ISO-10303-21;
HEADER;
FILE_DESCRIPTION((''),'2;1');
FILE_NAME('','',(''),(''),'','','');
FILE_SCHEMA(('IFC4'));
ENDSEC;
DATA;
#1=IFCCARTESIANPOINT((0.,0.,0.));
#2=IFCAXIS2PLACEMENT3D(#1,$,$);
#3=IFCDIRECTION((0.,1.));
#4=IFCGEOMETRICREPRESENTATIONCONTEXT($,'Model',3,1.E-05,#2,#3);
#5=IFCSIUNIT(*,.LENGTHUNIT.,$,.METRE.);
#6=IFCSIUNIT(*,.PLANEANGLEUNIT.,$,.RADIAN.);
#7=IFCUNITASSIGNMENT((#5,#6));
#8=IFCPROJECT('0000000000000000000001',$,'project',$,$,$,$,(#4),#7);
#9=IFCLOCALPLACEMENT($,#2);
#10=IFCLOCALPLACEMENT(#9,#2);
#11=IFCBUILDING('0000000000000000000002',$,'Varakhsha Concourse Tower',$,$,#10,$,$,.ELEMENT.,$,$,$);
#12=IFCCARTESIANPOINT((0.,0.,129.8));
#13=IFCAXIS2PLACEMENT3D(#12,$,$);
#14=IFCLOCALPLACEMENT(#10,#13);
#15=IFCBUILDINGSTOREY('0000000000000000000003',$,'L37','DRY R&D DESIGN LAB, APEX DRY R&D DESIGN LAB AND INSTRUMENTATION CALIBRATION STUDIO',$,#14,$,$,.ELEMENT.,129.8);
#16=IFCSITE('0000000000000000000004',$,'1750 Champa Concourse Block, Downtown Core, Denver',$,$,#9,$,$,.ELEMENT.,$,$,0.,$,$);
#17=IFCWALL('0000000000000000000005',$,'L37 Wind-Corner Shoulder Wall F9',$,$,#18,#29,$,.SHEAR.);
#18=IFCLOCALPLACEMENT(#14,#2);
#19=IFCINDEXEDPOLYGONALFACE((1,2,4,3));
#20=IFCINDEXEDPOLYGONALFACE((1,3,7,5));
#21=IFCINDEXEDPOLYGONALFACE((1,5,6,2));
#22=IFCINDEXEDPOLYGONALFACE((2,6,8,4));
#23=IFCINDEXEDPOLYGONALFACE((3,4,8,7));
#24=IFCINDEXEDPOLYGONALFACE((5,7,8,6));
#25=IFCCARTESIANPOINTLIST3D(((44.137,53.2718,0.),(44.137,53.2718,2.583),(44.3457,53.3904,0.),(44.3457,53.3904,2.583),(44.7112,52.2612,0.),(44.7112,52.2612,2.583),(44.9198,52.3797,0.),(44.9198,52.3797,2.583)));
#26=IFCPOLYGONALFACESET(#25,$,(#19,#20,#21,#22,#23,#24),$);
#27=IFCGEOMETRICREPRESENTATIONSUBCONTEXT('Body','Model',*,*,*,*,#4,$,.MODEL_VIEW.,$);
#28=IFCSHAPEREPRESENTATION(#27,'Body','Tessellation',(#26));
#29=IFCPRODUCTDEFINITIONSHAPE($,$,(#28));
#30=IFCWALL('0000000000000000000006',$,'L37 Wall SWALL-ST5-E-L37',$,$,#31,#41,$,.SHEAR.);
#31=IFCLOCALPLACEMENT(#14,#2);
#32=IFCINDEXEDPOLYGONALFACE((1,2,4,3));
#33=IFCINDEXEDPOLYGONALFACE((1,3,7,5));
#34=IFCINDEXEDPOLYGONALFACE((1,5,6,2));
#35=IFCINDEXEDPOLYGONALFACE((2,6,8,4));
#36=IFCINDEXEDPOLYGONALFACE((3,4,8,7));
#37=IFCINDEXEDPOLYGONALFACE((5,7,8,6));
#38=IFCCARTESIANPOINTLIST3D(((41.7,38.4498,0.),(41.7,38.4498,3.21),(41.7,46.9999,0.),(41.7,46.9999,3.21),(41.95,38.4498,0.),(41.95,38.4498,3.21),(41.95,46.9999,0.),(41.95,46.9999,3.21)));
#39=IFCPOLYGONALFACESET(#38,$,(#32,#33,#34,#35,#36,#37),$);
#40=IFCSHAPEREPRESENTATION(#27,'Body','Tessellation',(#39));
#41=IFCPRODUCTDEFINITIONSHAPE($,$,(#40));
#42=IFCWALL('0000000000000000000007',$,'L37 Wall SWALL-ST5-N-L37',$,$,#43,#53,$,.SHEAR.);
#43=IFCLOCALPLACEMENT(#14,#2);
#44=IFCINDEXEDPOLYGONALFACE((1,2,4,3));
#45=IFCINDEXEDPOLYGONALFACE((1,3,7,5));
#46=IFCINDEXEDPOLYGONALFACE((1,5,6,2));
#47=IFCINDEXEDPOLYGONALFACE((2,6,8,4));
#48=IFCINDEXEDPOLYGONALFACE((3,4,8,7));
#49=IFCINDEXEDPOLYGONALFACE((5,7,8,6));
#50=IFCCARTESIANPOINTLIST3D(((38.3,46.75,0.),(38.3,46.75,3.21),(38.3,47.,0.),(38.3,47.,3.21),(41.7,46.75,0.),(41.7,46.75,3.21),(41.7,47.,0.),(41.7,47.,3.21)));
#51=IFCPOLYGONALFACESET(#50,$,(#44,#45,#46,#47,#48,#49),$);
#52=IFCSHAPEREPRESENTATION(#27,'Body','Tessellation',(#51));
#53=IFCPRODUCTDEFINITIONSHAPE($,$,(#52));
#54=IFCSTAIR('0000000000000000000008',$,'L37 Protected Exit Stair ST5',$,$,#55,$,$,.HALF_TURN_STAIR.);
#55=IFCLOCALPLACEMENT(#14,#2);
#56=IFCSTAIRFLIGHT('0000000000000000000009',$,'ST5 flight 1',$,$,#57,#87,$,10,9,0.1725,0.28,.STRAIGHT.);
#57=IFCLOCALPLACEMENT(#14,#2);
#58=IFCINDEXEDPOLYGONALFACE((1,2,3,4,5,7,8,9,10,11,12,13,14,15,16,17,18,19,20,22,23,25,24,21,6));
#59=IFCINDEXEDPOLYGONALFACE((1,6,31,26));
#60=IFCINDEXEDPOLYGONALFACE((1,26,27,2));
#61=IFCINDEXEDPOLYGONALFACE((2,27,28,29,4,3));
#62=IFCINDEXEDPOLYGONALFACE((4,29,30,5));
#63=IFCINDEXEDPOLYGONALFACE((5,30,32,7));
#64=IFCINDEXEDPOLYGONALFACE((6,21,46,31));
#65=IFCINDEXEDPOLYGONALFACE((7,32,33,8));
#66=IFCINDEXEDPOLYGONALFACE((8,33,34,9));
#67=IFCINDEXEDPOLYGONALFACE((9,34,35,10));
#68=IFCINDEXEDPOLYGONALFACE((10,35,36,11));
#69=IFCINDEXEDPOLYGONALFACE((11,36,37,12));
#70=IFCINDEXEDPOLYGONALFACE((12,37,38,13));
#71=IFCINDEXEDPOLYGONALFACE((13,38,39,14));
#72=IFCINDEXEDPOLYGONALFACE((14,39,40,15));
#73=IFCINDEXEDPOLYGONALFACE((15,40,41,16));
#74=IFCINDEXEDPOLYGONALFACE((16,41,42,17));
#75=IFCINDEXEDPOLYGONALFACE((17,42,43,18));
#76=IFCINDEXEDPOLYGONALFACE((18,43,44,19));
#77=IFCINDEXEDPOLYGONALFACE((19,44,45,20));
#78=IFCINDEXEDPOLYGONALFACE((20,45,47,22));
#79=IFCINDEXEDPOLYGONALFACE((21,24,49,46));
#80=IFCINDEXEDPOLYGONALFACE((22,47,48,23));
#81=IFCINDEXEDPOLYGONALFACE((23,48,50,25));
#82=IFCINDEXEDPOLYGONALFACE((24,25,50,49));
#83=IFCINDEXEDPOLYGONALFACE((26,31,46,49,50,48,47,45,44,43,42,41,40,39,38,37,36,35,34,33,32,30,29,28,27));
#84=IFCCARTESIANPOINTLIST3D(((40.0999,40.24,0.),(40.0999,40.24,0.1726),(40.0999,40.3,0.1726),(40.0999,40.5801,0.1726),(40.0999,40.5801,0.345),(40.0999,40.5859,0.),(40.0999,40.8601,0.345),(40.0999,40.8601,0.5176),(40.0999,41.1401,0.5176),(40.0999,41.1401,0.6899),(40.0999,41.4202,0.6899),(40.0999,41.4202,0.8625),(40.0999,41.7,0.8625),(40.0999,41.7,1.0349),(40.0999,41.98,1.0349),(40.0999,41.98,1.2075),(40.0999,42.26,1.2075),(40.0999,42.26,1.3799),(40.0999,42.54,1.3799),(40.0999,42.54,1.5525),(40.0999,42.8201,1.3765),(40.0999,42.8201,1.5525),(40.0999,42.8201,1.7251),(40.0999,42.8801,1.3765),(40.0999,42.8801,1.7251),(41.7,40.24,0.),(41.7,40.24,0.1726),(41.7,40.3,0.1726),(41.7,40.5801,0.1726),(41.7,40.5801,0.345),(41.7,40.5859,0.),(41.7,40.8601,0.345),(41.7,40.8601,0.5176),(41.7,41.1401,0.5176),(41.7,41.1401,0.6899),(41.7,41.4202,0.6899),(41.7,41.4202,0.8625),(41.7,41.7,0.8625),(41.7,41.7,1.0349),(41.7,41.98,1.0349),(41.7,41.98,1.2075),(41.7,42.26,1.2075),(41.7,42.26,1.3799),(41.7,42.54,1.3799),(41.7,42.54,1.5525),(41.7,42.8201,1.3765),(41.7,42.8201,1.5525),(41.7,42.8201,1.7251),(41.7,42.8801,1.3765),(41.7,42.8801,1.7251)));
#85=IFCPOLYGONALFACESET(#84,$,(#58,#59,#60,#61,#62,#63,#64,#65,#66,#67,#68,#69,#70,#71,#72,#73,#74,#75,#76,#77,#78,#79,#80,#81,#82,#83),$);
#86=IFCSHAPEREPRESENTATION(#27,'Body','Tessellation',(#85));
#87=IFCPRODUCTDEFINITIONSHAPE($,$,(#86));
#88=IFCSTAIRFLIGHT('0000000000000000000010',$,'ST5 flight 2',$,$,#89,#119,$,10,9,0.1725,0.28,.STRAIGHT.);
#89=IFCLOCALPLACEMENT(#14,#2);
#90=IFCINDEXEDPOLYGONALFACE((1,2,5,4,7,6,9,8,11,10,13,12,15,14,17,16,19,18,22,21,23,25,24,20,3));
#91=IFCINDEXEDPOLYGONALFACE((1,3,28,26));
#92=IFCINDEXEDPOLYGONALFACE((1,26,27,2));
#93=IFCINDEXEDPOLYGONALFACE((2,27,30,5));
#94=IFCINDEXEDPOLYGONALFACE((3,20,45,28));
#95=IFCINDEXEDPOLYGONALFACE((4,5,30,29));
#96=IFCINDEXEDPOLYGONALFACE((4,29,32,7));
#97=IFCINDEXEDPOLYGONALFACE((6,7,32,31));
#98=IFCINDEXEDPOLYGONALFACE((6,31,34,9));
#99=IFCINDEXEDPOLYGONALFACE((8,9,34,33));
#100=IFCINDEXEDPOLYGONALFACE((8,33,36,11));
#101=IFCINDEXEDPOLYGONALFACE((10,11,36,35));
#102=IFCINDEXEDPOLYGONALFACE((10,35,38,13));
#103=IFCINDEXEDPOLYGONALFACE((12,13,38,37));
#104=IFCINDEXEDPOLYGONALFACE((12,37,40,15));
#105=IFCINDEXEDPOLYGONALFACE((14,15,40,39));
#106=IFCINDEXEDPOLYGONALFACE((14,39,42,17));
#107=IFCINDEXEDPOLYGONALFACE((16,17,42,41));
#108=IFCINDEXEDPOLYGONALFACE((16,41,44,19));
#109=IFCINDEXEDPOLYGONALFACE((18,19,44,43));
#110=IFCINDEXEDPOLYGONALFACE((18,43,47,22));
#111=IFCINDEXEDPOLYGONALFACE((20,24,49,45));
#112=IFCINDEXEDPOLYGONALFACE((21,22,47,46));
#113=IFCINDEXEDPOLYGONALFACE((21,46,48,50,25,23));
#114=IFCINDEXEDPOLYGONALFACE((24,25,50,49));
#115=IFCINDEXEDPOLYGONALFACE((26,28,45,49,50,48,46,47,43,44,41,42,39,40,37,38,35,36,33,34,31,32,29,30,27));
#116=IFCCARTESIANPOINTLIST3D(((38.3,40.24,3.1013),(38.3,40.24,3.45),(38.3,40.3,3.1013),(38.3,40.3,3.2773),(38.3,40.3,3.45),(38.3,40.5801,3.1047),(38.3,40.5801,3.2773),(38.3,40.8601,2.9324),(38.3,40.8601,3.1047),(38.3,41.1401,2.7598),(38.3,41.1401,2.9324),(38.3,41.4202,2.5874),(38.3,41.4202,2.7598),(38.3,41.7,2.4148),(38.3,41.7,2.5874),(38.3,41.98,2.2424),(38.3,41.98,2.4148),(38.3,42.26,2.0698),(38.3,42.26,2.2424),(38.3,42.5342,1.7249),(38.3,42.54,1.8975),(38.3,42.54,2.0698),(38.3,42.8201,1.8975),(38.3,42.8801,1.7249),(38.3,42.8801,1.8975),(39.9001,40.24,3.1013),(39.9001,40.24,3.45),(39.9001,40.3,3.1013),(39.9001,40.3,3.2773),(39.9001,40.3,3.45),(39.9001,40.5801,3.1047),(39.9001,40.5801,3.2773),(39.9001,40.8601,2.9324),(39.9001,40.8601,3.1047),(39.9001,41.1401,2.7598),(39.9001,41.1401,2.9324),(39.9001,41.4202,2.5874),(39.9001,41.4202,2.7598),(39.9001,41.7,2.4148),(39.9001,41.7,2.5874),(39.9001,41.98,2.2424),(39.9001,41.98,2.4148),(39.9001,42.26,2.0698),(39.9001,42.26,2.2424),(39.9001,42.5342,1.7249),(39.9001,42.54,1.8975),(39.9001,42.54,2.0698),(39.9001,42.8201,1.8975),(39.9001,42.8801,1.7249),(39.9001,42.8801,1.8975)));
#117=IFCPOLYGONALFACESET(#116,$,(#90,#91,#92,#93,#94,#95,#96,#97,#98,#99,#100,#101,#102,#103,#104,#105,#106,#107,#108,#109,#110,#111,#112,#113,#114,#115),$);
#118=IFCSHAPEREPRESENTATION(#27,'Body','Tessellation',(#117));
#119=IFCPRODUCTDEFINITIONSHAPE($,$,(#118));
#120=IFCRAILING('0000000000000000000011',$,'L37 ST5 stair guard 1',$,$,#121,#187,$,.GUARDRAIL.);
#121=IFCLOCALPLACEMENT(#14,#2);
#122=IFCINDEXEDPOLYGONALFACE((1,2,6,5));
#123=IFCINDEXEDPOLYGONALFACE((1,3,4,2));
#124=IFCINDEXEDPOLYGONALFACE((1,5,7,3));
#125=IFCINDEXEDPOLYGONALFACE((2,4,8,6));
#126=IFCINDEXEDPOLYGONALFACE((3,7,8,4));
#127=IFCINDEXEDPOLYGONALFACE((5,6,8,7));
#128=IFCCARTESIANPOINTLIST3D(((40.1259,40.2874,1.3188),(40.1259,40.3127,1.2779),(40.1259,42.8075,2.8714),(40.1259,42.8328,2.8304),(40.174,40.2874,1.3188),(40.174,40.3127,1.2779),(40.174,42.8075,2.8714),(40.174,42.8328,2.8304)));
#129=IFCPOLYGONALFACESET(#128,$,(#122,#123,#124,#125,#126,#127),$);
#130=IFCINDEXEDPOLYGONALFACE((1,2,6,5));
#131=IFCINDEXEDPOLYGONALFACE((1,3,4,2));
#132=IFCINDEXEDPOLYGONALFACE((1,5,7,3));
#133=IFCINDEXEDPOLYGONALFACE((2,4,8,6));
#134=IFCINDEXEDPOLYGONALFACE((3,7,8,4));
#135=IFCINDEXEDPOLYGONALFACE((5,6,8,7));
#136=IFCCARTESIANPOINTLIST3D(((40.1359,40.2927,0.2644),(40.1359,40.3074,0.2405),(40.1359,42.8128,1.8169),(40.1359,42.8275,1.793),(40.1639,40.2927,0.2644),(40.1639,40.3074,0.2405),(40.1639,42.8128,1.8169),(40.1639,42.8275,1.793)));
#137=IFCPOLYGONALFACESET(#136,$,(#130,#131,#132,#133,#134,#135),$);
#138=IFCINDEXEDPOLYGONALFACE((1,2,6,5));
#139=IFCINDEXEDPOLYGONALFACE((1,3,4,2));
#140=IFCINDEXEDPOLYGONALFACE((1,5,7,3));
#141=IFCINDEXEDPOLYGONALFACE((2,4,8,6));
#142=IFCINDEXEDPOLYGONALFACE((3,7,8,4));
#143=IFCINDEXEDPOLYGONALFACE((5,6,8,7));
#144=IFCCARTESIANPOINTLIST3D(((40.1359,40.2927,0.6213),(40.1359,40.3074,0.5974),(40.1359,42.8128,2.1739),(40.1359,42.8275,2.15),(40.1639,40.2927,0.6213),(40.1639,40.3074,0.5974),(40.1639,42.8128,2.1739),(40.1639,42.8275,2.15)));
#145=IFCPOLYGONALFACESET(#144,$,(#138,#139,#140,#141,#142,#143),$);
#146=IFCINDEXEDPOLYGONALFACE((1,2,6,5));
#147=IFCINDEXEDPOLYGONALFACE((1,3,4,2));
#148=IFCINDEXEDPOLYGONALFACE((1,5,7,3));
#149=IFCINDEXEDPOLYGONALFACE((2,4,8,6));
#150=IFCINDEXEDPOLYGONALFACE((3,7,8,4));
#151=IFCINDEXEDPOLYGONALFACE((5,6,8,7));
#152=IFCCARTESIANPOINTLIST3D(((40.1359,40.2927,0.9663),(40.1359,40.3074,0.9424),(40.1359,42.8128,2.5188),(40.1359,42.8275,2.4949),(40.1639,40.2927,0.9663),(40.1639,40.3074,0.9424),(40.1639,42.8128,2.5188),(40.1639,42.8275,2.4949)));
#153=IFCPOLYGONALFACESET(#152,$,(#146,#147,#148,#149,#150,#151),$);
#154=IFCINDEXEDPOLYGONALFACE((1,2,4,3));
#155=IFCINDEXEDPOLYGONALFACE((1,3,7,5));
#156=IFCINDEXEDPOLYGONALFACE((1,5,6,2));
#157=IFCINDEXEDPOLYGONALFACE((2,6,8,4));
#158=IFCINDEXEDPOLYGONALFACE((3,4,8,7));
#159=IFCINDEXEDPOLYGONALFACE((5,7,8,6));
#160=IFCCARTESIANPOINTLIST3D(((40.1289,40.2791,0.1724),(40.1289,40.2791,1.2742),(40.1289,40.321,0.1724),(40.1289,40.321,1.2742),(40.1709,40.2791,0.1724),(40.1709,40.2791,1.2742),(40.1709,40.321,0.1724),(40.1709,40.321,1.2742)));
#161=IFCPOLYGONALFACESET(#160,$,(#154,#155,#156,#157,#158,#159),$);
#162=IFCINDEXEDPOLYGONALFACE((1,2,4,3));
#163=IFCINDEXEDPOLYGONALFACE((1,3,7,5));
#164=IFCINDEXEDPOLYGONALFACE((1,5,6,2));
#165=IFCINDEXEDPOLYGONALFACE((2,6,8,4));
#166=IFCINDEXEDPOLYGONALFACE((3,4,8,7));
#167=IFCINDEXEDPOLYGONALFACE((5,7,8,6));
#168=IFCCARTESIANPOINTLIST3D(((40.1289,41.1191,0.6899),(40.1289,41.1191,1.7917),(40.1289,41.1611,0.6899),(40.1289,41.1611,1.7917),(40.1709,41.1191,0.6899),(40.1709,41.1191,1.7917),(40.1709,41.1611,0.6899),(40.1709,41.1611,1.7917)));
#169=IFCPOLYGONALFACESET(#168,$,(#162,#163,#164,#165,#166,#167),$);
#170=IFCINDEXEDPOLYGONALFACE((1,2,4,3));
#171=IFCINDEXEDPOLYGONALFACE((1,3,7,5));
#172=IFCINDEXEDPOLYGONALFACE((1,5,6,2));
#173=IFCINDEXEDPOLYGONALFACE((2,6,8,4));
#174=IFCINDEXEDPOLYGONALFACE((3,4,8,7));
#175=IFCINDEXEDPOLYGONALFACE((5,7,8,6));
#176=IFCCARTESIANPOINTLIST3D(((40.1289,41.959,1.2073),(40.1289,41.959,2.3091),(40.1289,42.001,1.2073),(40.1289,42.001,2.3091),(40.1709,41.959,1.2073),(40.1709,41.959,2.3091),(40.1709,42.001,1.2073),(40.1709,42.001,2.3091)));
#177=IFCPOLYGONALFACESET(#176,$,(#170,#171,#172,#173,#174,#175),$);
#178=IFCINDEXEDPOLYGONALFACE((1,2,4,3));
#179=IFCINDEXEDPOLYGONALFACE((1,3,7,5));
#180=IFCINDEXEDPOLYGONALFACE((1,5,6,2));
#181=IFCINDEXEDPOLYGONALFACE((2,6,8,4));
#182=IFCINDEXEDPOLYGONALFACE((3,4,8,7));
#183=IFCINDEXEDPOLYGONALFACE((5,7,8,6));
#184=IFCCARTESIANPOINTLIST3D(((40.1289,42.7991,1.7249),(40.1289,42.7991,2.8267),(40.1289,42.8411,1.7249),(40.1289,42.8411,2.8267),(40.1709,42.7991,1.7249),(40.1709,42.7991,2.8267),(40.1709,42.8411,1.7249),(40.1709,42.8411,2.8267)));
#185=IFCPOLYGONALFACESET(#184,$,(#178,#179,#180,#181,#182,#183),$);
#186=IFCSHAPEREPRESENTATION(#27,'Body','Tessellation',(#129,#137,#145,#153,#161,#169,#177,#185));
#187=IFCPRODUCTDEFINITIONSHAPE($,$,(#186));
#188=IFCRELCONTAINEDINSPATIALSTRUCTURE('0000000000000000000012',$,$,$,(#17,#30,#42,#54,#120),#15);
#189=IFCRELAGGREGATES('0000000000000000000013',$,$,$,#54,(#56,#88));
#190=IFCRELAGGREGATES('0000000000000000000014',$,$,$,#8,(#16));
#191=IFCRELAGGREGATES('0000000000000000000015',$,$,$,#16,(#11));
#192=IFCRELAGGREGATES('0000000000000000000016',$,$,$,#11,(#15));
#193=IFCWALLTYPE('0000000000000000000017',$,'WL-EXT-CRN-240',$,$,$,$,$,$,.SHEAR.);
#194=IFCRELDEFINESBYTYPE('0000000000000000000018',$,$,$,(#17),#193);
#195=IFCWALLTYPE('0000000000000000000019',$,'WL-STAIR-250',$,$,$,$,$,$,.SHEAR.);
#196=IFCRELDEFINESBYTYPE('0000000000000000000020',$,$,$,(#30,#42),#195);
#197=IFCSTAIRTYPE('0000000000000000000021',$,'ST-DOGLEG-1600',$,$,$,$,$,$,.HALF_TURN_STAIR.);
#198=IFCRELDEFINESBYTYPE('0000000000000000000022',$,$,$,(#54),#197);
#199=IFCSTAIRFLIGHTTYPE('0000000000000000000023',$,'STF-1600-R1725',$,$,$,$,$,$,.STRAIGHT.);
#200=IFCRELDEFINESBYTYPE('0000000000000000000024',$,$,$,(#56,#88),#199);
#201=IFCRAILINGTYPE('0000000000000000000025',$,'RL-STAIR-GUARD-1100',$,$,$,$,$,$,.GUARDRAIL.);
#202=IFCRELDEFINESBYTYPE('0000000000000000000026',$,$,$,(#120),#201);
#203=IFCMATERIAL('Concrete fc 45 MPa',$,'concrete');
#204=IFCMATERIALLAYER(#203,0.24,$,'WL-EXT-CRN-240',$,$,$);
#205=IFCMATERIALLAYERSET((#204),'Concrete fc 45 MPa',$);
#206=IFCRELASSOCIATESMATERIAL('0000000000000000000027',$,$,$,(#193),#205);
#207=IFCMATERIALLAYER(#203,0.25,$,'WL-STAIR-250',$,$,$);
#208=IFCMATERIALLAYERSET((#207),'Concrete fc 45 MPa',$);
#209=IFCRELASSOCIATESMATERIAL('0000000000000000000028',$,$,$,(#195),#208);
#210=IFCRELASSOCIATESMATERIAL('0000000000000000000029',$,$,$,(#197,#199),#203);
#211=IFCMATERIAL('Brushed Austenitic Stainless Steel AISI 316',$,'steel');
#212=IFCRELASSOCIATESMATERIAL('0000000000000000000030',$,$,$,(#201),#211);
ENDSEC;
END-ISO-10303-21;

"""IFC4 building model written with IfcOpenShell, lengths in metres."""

from ifc_helpers import new_model, si_unit, direction, frame, frame_2d, origin, origin_2d, place, context, subcontext, project, spatial, polyline, rectangle, outline, extrude, material, layer, layer_set, type_object, element, aggregate, save


model = new_model("IFC4")

# Units and contexts
model_context = context("Model", 3, precision=1e-05, world=origin(), true_north=direction((0.0, 1.0)))
body_context = subcontext(model_context, "Body", "Model", "MODEL_VIEW")
ifc_project = project(units=[si_unit("LENGTHUNIT", "METRE"), si_unit("PLANEANGLEUNIT", "RADIAN")], contexts=[model_context])

# Site, building, storey
site_placement = place(None, origin())
site = spatial("IfcSite", under=ifc_project, at=site_placement, Name="1750 Champa Concourse Block, Downtown Core, Denver", CompositionType="ELEMENT", RefElevation=0.0)
building_placement = place(site_placement, origin())
building = spatial("IfcBuilding", under=site, at=building_placement, Name="Varakhsha Concourse Tower", CompositionType="ELEMENT")
storey_placement = place(building_placement, frame((0.0, 0.0, 129.8)))
storey = spatial("IfcBuildingStorey", under=building, at=storey_placement, Name="L37", Description="DRY R&D DESIGN LAB, APEX DRY R&D DESIGN LAB AND INSTRUMENTATION CALIBRATION STUDIO", CompositionType="ELEMENT", Elevation=129.8)

# Walls
ifc_material_1 = material(Name="Concrete fc 45 MPa", Category="concrete")
ifc_layer_1 = layer(ifc_material_1, 0.24, Name="WL-EXT-CRN-240")
ifc_layer_set_1 = layer_set([ifc_layer_1], Name="Concrete fc 45 MPa")
wall_type_1 = type_object("IfcWallType", Name="WL-EXT-CRN-240", PredefinedType="SHEAR", material=ifc_layer_set_1)
wall_1_placement = place(storey_placement, frame((44.8154, 52.3206, 0.0), z_axis=(0.0, 0.0, 1.0), x_axis=(-0.493966, 0.869481, 0.0)))
element("IfcWall", 1, at=wall_1_placement, inside=storey, type_object=wall_type_1, Name="L37 Wind-Corner Shoulder Wall F9", PredefinedType="SHEAR", context=body_context, shape_type="SweptSolid", body=[
    extrude(rectangle(XDim=1.1624, YDim=0.24, at=frame_2d((0.5811, 0.0))), origin(), (0.0, 0.0, 1.0), 2.583),
])
ifc_layer_2 = layer(ifc_material_1, 0.25, Name="WL-STAIR-250")
ifc_layer_set_2 = layer_set([ifc_layer_2], Name="Concrete fc 45 MPa")
wall_type_2 = type_object("IfcWallType", Name="WL-STAIR-250", PredefinedType="SHEAR", material=ifc_layer_set_2)
wall_2_placement = place(storey_placement, frame((41.825, 38.45, 0.0), z_axis=(0.0, 0.0, 1.0), x_axis=(0.0, 1.0, 0.0)))
element("IfcWall", 2, at=wall_2_placement, inside=storey, type_object=wall_type_2, Name="L37 Wall SWALL-ST5-E-L37", PredefinedType="SHEAR", context=body_context, shape_type="SweptSolid", body=[
    extrude(rectangle(XDim=8.55, YDim=0.25, at=frame_2d((4.2749, 0.0))), origin(), (0.0, 0.0, 1.0), 3.21),
])
wall_3_placement = place(storey_placement, frame((38.3, 46.875, 0.0), z_axis=(0.0, 0.0, 1.0), x_axis=(1.0, 0.0, 0.0)))
element("IfcWall", 3, at=wall_3_placement, inside=storey, type_object=wall_type_2, Name="L37 Wall SWALL-ST5-N-L37", PredefinedType="SHEAR", context=body_context, shape_type="SweptSolid", body=[
    extrude(rectangle(XDim=3.3999, YDim=0.25, at=frame_2d((1.7, 0.0))), origin(), (0.0, 0.0, 1.0), 3.21),
])

# Stair, stair flights
stair_type = type_object("IfcStairType", Name="ST-DOGLEG-1600", PredefinedType="HALF_TURN_STAIR", material=ifc_material_1)
stair_placement = place(storey_placement, origin())
stair = element("IfcStair", 4, at=stair_placement, inside=storey, type_object=stair_type, Name="L37 Protected Exit Stair ST5", PredefinedType="HALF_TURN_STAIR")
stair_flight_type = type_object("IfcStairFlightType", Name="STF-1600-R1725", PredefinedType="STRAIGHT", material=ifc_material_1)
stair_flight_1_placement = place(storey_placement, frame((40.8999, 40.3, 0.0), z_axis=(0.0, 0.0, 1.0), x_axis=(0.0, 1.0, 0.0)))
stair_flight_1 = element("IfcStairFlight", 5, at=stair_flight_1_placement, type_object=stair_flight_type, Name="ST5 flight 1", NumberOfRisers=10, NumberOfTreads=9, PredefinedType="STRAIGHT", RiserHeight=0.1725, TreadLength=0.28, context=body_context, shape_type="SweptSolid", body=[
    extrude(outline(polyline([(-0.0601, 0.0), (-0.0601, 0.1726), (0.0, 0.1726), (0.28, 0.1726), (0.28, 0.345), (0.5601, 0.345), (0.5601, 0.5176), (0.8401, 0.5176), (0.8401, 0.6899), (1.1201, 0.6899), (1.1201, 0.8625), (1.3999, 0.8625), (1.3999, 1.0349), (1.6799, 1.0349), (1.6799, 1.2075), (1.96, 1.2075), (1.96, 1.3799), (2.24, 1.3799), (2.24, 1.5525), (2.52, 1.5525), (2.52, 1.7251), (2.5801, 1.7251), (2.5801, 1.3765), (2.52, 1.3765), (0.2859, 0.0), (-0.0601, 0.0)])), frame((0.0, 0.8, 0.0), z_axis=(0.0, -1.0, 0.0), x_axis=(1.0, 0.0, 0.0)), (0.0, 0.0, 1.0), 1.6001),
])
stair_flight_2_placement = place(storey_placement, frame((39.1001, 42.8201, 1.7249), z_axis=(0.0, 0.0, 1.0), x_axis=(0.0, -1.0, 0.0)))
stair_flight_2 = element("IfcStairFlight", 6, at=stair_flight_2_placement, type_object=stair_flight_type, Name="ST5 flight 2", NumberOfRisers=10, NumberOfTreads=9, PredefinedType="STRAIGHT", RiserHeight=0.1725, TreadLength=0.28, context=body_context, shape_type="SweptSolid", body=[
    extrude(outline(polyline([(-0.0601, 0.0), (-0.0601, 0.1726), (0.0, 0.1726), (0.28, 0.1726), (0.28, 0.345), (0.5601, 0.345), (0.5601, 0.5176), (0.8401, 0.5176), (0.8401, 0.6899), (1.1201, 0.6899), (1.1201, 0.8625), (1.3999, 0.8625), (1.3999, 1.0349), (1.6799, 1.0349), (1.6799, 1.2075), (1.96, 1.2075), (1.96, 1.3799), (2.24, 1.3799), (2.24, 1.5525), (2.52, 1.5525), (2.52, 1.7251), (2.5801, 1.7251), (2.5801, 1.3765), (2.52, 1.3765), (0.2859, 0.0), (-0.0601, 0.0)])), frame((0.0, 0.8, 0.0), z_axis=(0.0, -1.0, 0.0), x_axis=(1.0, 0.0, 0.0)), (0.0, 0.0, 1.0), 1.6001),
])
aggregate(stair, [stair_flight_1, stair_flight_2])

# Railing
ifc_material_2 = material(Name="Brushed Austenitic Stainless Steel AISI 316", Category="steel")
railing_type_1 = type_object("IfcRailingType", Name="RL-STAIR-GUARD-1100", PredefinedType="GUARDRAIL", material=ifc_material_2)
railing_1_placement = place(storey_placement, frame((40.1499, 40.3, 0.1724)))
element("IfcRailing", 7, at=railing_1_placement, inside=storey, type_object=railing_type_1, Name="L37 ST5 stair guard 1", PredefinedType="GUARDRAIL", context=body_context, shape_type="SweptSolid", body=[
    extrude(rectangle(XDim=0.0481, YDim=0.0481, at=origin_2d()), frame((0.0, 0.0, 1.126), z_axis=(0.0, 0.8514, 0.524516), x_axis=(-1.0, 0.0, 0.0)), (0.0, 0.0, 1.0), 2.96),
    extrude(rectangle(XDim=0.0281, YDim=0.0281, at=origin_2d()), frame((0.0, 0.0, 0.0801), z_axis=(0.0, 0.8514, 0.524516), x_axis=(-1.0, 0.0, 0.0)), (0.0, 0.0, 1.0), 2.96),
    extrude(rectangle(XDim=0.0281, YDim=0.0281, at=origin_2d()), frame((0.0, 0.0, 0.437), z_axis=(0.0, 0.8514, 0.524516), x_axis=(-1.0, 0.0, 0.0)), (0.0, 0.0, 1.0), 2.96),
    extrude(rectangle(XDim=0.0281, YDim=0.0281, at=origin_2d()), frame((0.0, 0.0, 0.782), z_axis=(0.0, 0.8514, 0.524516), x_axis=(-1.0, 0.0, 0.0)), (0.0, 0.0, 1.0), 2.96),
    extrude(rectangle(XDim=0.042, YDim=0.042, at=origin_2d()), origin(), (0.0, 0.0, 1.0), 1.1018),
    extrude(rectangle(XDim=0.042, YDim=0.042, at=origin_2d()), frame((0.0, 0.8401, 0.5176)), (0.0, 0.0, 1.0), 1.1018),
    extrude(rectangle(XDim=0.042, YDim=0.042, at=origin_2d()), frame((0.0, 1.6799, 1.0349)), (0.0, 0.0, 1.0), 1.1018),
    extrude(rectangle(XDim=0.042, YDim=0.042, at=origin_2d()), frame((0.0, 2.52, 1.5525)), (0.0, 0.0, 1.0), 1.1018),
])

save(model, "model.ifc")
